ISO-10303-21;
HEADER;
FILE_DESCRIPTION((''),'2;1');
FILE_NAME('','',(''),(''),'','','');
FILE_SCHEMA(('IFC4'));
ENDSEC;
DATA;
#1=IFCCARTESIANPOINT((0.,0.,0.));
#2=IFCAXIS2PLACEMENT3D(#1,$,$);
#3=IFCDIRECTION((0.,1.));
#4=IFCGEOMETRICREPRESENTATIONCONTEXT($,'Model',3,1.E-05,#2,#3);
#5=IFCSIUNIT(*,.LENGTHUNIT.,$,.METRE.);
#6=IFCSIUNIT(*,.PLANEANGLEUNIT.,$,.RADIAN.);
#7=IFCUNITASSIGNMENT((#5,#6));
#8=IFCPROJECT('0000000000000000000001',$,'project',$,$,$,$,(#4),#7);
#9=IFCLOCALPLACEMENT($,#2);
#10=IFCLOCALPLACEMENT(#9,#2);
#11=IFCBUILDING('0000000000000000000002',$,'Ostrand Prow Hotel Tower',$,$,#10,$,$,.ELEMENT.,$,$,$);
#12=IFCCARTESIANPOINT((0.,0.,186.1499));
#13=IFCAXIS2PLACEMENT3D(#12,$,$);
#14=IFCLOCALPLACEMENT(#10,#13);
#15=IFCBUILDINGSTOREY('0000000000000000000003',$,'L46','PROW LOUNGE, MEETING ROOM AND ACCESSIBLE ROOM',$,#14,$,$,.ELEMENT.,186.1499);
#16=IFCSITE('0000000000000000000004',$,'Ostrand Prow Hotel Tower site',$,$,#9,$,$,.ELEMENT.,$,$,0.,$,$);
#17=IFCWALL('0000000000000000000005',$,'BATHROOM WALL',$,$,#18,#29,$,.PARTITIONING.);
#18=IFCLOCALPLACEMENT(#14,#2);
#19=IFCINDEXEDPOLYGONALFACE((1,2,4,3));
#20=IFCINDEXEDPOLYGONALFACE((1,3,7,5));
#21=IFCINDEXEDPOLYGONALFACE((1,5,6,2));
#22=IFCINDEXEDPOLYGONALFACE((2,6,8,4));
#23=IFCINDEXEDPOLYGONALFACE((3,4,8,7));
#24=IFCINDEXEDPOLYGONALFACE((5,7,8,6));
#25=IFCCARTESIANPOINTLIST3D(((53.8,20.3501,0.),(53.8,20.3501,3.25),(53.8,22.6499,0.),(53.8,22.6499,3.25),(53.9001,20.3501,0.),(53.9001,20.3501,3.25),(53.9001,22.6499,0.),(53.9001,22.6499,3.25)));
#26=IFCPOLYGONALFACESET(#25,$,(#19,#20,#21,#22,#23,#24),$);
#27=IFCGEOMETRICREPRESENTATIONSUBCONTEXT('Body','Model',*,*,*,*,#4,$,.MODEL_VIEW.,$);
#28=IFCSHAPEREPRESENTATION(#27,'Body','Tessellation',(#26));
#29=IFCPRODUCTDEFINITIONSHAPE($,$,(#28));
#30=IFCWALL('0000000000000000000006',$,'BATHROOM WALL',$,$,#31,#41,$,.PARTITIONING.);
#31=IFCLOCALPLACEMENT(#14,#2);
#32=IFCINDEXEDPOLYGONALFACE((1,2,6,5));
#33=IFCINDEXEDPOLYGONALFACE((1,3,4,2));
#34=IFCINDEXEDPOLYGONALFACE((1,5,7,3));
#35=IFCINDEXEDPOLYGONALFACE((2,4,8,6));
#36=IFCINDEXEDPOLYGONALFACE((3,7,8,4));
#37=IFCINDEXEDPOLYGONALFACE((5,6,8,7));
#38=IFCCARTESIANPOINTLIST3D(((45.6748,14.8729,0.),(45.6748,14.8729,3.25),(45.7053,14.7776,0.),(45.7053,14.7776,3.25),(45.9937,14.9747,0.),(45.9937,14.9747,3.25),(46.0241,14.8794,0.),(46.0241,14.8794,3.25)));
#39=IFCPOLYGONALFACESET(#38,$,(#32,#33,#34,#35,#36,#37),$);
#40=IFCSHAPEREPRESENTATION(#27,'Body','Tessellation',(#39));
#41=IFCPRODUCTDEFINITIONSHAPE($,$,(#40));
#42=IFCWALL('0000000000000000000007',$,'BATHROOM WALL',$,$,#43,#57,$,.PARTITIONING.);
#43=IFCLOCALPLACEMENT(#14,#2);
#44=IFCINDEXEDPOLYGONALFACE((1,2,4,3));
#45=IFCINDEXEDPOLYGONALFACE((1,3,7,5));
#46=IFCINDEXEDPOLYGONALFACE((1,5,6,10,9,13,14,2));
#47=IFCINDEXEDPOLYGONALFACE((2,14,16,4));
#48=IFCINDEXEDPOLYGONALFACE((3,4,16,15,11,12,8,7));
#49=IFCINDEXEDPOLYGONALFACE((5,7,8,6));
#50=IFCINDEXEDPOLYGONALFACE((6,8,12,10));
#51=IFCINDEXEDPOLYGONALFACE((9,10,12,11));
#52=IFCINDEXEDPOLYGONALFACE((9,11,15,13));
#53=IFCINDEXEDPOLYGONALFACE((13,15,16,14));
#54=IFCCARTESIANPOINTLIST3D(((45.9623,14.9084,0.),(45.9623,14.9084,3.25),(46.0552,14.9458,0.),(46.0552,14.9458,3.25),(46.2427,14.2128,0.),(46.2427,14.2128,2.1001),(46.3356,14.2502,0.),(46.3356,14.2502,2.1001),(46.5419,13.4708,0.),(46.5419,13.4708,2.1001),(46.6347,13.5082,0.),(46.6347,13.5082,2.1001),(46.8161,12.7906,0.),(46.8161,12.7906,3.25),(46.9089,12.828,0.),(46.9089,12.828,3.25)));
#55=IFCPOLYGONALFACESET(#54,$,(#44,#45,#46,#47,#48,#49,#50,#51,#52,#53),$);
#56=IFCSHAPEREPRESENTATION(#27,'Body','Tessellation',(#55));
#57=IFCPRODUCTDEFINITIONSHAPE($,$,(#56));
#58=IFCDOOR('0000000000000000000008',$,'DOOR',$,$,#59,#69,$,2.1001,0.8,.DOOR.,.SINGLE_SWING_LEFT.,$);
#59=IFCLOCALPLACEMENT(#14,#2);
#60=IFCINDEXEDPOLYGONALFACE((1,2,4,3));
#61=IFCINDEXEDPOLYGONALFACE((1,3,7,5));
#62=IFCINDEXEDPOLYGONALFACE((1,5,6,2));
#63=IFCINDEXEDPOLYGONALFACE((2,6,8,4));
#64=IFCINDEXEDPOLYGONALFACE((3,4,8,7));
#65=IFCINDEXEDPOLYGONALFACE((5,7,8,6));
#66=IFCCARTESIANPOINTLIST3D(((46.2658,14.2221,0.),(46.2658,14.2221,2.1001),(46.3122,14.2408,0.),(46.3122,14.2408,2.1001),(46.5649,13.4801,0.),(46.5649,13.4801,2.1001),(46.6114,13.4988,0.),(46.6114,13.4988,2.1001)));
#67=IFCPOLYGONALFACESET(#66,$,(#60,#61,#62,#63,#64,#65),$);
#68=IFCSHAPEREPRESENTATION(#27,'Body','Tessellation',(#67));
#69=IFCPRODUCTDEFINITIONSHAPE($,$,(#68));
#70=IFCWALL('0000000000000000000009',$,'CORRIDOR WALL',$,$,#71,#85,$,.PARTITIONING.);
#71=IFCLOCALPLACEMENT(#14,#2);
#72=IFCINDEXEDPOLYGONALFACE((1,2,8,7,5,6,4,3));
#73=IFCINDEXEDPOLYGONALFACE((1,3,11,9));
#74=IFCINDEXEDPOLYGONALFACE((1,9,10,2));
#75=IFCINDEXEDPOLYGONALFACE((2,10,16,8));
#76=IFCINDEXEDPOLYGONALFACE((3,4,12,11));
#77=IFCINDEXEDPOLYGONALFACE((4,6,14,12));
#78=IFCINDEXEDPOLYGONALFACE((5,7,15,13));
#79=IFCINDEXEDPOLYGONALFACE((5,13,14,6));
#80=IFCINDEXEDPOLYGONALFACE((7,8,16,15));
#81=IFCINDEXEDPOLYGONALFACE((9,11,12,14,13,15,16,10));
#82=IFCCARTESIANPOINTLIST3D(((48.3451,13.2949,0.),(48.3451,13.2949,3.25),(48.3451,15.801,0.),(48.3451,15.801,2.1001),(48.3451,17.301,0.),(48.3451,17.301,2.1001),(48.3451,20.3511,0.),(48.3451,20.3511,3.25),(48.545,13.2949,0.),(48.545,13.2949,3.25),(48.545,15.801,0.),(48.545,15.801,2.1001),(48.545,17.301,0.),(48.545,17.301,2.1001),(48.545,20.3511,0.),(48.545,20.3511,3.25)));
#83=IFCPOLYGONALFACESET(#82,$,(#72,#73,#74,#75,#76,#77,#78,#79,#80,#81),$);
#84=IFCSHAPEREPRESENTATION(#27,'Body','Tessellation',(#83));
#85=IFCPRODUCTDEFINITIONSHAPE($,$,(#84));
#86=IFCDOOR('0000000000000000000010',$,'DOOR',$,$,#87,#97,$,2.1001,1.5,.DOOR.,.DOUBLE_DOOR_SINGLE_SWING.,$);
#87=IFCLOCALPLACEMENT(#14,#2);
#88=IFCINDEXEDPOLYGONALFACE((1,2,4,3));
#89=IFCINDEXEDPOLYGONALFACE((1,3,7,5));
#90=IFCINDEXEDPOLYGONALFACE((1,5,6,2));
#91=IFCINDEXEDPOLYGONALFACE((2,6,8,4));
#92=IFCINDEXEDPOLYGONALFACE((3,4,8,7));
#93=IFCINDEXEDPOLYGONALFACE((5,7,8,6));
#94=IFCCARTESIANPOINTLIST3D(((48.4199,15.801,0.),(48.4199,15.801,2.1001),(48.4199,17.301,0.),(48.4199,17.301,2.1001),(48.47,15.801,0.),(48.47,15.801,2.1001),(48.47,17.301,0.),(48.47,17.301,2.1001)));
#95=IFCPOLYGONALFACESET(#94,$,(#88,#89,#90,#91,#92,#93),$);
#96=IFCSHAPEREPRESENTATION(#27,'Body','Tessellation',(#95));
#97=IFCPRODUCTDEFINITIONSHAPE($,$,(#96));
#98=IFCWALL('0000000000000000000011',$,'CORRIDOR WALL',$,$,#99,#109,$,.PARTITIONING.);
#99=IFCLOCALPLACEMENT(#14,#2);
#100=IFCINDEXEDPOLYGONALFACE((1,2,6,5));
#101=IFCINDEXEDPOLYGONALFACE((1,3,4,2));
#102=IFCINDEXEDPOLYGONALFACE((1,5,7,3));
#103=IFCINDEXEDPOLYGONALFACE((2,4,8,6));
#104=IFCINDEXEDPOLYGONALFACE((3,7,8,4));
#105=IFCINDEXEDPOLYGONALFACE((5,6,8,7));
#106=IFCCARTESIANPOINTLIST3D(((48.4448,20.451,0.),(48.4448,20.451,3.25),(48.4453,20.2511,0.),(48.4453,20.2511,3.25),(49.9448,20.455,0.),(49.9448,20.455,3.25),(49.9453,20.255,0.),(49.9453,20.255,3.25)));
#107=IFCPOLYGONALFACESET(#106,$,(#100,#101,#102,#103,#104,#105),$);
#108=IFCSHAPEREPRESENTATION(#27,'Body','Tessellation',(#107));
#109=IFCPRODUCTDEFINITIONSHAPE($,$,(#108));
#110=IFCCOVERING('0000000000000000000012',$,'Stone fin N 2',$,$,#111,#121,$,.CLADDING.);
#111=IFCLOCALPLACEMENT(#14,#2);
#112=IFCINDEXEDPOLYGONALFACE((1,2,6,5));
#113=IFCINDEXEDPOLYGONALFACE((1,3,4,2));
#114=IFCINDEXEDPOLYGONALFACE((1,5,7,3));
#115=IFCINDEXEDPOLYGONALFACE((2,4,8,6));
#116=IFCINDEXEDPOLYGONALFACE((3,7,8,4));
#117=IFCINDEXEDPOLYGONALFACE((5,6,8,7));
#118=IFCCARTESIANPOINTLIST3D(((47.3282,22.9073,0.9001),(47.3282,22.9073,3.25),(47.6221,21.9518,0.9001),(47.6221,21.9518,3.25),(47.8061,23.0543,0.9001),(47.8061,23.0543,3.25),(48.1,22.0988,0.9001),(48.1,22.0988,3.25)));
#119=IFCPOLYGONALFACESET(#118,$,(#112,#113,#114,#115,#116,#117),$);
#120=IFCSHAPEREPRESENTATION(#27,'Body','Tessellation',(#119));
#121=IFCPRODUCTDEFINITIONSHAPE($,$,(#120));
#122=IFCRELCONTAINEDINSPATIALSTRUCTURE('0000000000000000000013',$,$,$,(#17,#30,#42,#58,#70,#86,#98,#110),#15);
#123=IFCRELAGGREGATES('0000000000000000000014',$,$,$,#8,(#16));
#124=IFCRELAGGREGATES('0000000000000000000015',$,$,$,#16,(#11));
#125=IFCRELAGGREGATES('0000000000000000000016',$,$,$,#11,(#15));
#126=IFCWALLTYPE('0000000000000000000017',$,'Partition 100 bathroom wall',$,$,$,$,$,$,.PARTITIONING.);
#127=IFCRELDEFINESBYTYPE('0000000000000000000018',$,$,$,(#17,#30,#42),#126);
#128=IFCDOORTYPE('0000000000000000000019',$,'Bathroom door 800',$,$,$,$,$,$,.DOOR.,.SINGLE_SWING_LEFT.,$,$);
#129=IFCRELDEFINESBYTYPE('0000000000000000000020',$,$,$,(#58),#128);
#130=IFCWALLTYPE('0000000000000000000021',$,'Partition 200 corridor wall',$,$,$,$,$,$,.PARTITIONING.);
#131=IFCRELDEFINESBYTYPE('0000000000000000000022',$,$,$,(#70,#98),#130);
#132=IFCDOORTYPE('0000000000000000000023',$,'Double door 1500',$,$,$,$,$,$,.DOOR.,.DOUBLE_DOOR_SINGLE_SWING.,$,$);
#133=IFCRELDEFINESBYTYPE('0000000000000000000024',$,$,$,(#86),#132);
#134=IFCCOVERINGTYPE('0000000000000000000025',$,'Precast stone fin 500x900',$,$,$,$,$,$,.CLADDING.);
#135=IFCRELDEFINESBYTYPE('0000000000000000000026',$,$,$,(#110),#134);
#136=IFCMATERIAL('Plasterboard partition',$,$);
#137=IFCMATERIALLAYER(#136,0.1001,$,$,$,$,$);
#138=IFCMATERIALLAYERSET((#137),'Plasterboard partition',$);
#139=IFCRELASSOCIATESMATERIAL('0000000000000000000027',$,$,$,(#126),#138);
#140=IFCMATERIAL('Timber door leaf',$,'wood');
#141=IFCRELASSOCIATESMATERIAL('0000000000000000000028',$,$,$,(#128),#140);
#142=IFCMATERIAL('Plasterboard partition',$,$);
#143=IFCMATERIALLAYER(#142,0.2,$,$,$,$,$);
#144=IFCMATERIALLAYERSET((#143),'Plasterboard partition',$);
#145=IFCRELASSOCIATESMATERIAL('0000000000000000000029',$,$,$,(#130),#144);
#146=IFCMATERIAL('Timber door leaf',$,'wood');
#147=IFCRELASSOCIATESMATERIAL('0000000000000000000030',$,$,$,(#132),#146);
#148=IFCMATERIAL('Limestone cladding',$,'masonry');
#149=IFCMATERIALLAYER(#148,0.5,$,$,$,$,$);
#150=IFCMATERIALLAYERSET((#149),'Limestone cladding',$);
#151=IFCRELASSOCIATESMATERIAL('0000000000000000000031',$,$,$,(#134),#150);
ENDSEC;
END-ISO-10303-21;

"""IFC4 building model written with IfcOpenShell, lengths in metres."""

from ifc_helpers import new_model, si_unit, direction, frame, frame_2d, origin, place, context, subcontext, project, spatial, rectangle, extrude, material, layer, layer_set, type_object, element, fill, save


model = new_model("IFC4")

# Units and contexts
model_context = context("Model", 3, precision=1e-05, world=origin(), true_north=direction((0.0, 1.0)))
body_context = subcontext(model_context, "Body", "Model", "MODEL_VIEW")
ifc_project = project(units=[si_unit("LENGTHUNIT", "METRE"), si_unit("PLANEANGLEUNIT", "RADIAN")], contexts=[model_context])

# Site, building, storey
site_placement = place(None, origin())
site = spatial("IfcSite", under=ifc_project, at=site_placement, Name="Ostrand Prow Hotel Tower site", CompositionType="ELEMENT", RefElevation=0.0)
building_placement = place(site_placement, origin())
building = spatial("IfcBuilding", under=site, at=building_placement, Name="Ostrand Prow Hotel Tower", CompositionType="ELEMENT")
storey_placement = place(building_placement, frame((0.0, 0.0, 186.1499)))
storey = spatial("IfcBuildingStorey", under=building, at=storey_placement, Name="L46", Description="PROW LOUNGE, MEETING ROOM AND ACCESSIBLE ROOM", CompositionType="ELEMENT", Elevation=186.1499)

# Shared definitions
ifc_material_1 = material(Name="Plasterboard partition")
ifc_layer_1 = layer(ifc_material_1, 0.1001)
ifc_layer_set_1 = layer_set([ifc_layer_1], Name="Plasterboard partition")
wall_type_1 = type_object("IfcWallType", Name="Partition 100 bathroom wall", PredefinedType="PARTITIONING", material=ifc_layer_set_1)
ifc_material_2 = material(Name="Timber door leaf", Category="wood")
door_type_1 = type_object("IfcDoorType", Name="Bathroom door 800", OperationType="SINGLE_SWING_LEFT", PredefinedType="DOOR", material=ifc_material_2)

# Walls
wall_1_placement = place(storey_placement, frame((53.8501, 20.3501, 0.0), z_axis=(0.0, 0.0, 1.0), x_axis=(0.0, 1.0, 0.0)))
element("IfcWall", 1, at=wall_1_placement, inside=storey, type_object=wall_type_1, Name="BATHROOM WALL", PredefinedType="PARTITIONING", context=body_context, shape_type="SweptSolid", body=[
    extrude(rectangle(XDim=2.2998, YDim=0.1001, at=frame_2d((1.1499, 0.0))), origin(), (0.0, 0.0, 1.0), 3.25),
])
wall_2_placement = place(storey_placement, frame((45.6899, 14.8252, 0.0), z_axis=(0.0, 0.0, 1.0), x_axis=(0.952619, 0.304167, 0.0)))
element("IfcWall", 2, at=wall_2_placement, inside=storey, type_object=wall_type_1, Name="BATHROOM WALL", PredefinedType="PARTITIONING", context=body_context, shape_type="SweptSolid", body=[
    extrude(rectangle(XDim=0.3347, YDim=0.1001, at=frame_2d((0.1675, 0.0))), origin(), (0.0, 0.0, 1.0), 3.25),
])

# Walls, openings, doors
wall_3_placement = place(storey_placement, frame((46.0088, 14.927, 0.0), z_axis=(0.0, 0.0, 1.0), x_axis=(0.373878, -0.927478, 0.0)))
wall_3 = element("IfcWall", 3, at=wall_3_placement, inside=storey, type_object=wall_type_1, Name="BATHROOM WALL", PredefinedType="PARTITIONING", context=body_context, shape_type="SweptSolid", body=[
    extrude(rectangle(XDim=2.2834, YDim=0.1001, at=frame_2d((1.1416, 0.0))), origin(), (0.0, 0.0, 1.0), 3.25),
])
opening_1_placement = place(wall_3_placement, frame((0.75, 0.0, 0.0)))
opening_1 = element("IfcOpeningElement", 4, at=opening_1_placement, cuts=wall_3, PredefinedType="OPENING", context=body_context, shape_type="SweptSolid", body=[
    extrude(rectangle(XDim=0.8, YDim=2.1001, at=frame_2d((0.3999, 1.05))), frame((0.0, 0.0601, 0.0), z_axis=(0.0, -1.0, 0.0), x_axis=(1.0, 0.0, 0.0)), (0.0, 0.0, 1.0), 0.1201),
])
door_1_placement = place(opening_1_placement, origin())
door_1 = element("IfcDoor", 5, at=door_1_placement, inside=storey, type_object=door_type_1, Name="DOOR", OperationType="SINGLE_SWING_LEFT", OverallHeight=2.1001, OverallWidth=0.8, PredefinedType="DOOR", context=body_context, shape_type="SweptSolid", body=[
    extrude(rectangle(XDim=0.8, YDim=2.1001, at=frame_2d((0.3999, 1.05))), frame((0.0, 0.0249, 0.0), z_axis=(0.0, -1.0, 0.0), x_axis=(1.0, 0.0, 0.0)), (0.0, 0.0, 1.0), 0.05),
])
fill(opening_1, door_1)
ifc_material_3 = material(Name="Plasterboard partition")
ifc_layer_2 = layer(ifc_material_3, 0.2)
ifc_layer_set_2 = layer_set([ifc_layer_2], Name="Plasterboard partition")
wall_type_2 = type_object("IfcWallType", Name="Partition 200 corridor wall", PredefinedType="PARTITIONING", material=ifc_layer_set_2)
wall_4_placement = place(storey_placement, frame((48.4451, 20.3511, 0.0), z_axis=(0.0, 0.0, 1.0), x_axis=(0.0, -1.0, 0.0)))
wall_4 = element("IfcWall", 6, at=wall_4_placement, inside=storey, type_object=wall_type_2, Name="CORRIDOR WALL", PredefinedType="PARTITIONING", context=body_context, shape_type="SweptSolid", body=[
    extrude(rectangle(XDim=7.0562, YDim=0.2, at=frame_2d((3.5281, 0.0))), origin(), (0.0, 0.0, 1.0), 3.25),
])
opening_2_placement = place(wall_4_placement, frame((3.05, 0.0, 0.0)))
opening_2 = element("IfcOpeningElement", 7, at=opening_2_placement, cuts=wall_4, PredefinedType="OPENING", context=body_context, shape_type="SweptSolid", body=[
    extrude(rectangle(XDim=1.5, YDim=2.1001, at=frame_2d((0.75, 1.05))), frame((0.0, 0.1099, 0.0), z_axis=(0.0, -1.0, 0.0), x_axis=(1.0, 0.0, 0.0)), (0.0, 0.0, 1.0), 0.22),
])
ifc_material_4 = material(Name="Timber door leaf", Category="wood")
door_type_2 = type_object("IfcDoorType", Name="Double door 1500", OperationType="DOUBLE_DOOR_SINGLE_SWING", PredefinedType="DOOR", material=ifc_material_4)
door_2_placement = place(opening_2_placement, origin())
door_2 = element("IfcDoor", 8, at=door_2_placement, inside=storey, type_object=door_type_2, Name="DOOR", OperationType="DOUBLE_DOOR_SINGLE_SWING", OverallHeight=2.1001, OverallWidth=1.5, PredefinedType="DOOR", context=body_context, shape_type="SweptSolid", body=[
    extrude(rectangle(XDim=1.5, YDim=2.1001, at=frame_2d((0.75, 1.05))), frame((0.0, 0.0249, 0.0), z_axis=(0.0, -1.0, 0.0), x_axis=(1.0, 0.0, 0.0)), (0.0, 0.0, 1.0), 0.05),
])
fill(opening_2, door_2)

# Wall
wall_5_placement = place(storey_placement, frame((49.9451, 20.355, 0.0), z_axis=(0.0, 0.0, 1.0), x_axis=(-0.999997, -0.002604, 0.0)))
element("IfcWall", 9, at=wall_5_placement, inside=storey, type_object=wall_type_2, Name="CORRIDOR WALL", PredefinedType="PARTITIONING", context=body_context, shape_type="SweptSolid", body=[
    extrude(rectangle(XDim=1.5, YDim=0.2, at=frame_2d((0.75, 0.0))), origin(), (0.0, 0.0, 1.0), 3.25),
])

# Covering
ifc_material_5 = material(Name="Limestone cladding", Category="masonry")
ifc_layer_3 = layer(ifc_material_5, 0.5)
ifc_layer_set_3 = layer_set([ifc_layer_3], Name="Limestone cladding")
covering_type = type_object("IfcCoveringType", Name="Precast stone fin 500x900", PredefinedType="CLADDING", material=ifc_layer_set_3)
covering_placement = place(storey_placement, frame((47.8611, 22.0251, 0.9001), z_axis=(0.0, 0.0, 1.0), x_axis=(-0.294017, 0.9558, 0.0)))
element("IfcCovering", 10, at=covering_placement, inside=storey, type_object=covering_type, Name="Stone fin N 2", PredefinedType="CLADDING", context=body_context, shape_type="SweptSolid", body=[
    extrude(rectangle(XDim=0.9998, YDim=0.5, at=frame_2d((0.5, 0.0))), origin(), (0.0, 0.0, 1.0), 2.3499),
])

save(model, "model.ifc")
